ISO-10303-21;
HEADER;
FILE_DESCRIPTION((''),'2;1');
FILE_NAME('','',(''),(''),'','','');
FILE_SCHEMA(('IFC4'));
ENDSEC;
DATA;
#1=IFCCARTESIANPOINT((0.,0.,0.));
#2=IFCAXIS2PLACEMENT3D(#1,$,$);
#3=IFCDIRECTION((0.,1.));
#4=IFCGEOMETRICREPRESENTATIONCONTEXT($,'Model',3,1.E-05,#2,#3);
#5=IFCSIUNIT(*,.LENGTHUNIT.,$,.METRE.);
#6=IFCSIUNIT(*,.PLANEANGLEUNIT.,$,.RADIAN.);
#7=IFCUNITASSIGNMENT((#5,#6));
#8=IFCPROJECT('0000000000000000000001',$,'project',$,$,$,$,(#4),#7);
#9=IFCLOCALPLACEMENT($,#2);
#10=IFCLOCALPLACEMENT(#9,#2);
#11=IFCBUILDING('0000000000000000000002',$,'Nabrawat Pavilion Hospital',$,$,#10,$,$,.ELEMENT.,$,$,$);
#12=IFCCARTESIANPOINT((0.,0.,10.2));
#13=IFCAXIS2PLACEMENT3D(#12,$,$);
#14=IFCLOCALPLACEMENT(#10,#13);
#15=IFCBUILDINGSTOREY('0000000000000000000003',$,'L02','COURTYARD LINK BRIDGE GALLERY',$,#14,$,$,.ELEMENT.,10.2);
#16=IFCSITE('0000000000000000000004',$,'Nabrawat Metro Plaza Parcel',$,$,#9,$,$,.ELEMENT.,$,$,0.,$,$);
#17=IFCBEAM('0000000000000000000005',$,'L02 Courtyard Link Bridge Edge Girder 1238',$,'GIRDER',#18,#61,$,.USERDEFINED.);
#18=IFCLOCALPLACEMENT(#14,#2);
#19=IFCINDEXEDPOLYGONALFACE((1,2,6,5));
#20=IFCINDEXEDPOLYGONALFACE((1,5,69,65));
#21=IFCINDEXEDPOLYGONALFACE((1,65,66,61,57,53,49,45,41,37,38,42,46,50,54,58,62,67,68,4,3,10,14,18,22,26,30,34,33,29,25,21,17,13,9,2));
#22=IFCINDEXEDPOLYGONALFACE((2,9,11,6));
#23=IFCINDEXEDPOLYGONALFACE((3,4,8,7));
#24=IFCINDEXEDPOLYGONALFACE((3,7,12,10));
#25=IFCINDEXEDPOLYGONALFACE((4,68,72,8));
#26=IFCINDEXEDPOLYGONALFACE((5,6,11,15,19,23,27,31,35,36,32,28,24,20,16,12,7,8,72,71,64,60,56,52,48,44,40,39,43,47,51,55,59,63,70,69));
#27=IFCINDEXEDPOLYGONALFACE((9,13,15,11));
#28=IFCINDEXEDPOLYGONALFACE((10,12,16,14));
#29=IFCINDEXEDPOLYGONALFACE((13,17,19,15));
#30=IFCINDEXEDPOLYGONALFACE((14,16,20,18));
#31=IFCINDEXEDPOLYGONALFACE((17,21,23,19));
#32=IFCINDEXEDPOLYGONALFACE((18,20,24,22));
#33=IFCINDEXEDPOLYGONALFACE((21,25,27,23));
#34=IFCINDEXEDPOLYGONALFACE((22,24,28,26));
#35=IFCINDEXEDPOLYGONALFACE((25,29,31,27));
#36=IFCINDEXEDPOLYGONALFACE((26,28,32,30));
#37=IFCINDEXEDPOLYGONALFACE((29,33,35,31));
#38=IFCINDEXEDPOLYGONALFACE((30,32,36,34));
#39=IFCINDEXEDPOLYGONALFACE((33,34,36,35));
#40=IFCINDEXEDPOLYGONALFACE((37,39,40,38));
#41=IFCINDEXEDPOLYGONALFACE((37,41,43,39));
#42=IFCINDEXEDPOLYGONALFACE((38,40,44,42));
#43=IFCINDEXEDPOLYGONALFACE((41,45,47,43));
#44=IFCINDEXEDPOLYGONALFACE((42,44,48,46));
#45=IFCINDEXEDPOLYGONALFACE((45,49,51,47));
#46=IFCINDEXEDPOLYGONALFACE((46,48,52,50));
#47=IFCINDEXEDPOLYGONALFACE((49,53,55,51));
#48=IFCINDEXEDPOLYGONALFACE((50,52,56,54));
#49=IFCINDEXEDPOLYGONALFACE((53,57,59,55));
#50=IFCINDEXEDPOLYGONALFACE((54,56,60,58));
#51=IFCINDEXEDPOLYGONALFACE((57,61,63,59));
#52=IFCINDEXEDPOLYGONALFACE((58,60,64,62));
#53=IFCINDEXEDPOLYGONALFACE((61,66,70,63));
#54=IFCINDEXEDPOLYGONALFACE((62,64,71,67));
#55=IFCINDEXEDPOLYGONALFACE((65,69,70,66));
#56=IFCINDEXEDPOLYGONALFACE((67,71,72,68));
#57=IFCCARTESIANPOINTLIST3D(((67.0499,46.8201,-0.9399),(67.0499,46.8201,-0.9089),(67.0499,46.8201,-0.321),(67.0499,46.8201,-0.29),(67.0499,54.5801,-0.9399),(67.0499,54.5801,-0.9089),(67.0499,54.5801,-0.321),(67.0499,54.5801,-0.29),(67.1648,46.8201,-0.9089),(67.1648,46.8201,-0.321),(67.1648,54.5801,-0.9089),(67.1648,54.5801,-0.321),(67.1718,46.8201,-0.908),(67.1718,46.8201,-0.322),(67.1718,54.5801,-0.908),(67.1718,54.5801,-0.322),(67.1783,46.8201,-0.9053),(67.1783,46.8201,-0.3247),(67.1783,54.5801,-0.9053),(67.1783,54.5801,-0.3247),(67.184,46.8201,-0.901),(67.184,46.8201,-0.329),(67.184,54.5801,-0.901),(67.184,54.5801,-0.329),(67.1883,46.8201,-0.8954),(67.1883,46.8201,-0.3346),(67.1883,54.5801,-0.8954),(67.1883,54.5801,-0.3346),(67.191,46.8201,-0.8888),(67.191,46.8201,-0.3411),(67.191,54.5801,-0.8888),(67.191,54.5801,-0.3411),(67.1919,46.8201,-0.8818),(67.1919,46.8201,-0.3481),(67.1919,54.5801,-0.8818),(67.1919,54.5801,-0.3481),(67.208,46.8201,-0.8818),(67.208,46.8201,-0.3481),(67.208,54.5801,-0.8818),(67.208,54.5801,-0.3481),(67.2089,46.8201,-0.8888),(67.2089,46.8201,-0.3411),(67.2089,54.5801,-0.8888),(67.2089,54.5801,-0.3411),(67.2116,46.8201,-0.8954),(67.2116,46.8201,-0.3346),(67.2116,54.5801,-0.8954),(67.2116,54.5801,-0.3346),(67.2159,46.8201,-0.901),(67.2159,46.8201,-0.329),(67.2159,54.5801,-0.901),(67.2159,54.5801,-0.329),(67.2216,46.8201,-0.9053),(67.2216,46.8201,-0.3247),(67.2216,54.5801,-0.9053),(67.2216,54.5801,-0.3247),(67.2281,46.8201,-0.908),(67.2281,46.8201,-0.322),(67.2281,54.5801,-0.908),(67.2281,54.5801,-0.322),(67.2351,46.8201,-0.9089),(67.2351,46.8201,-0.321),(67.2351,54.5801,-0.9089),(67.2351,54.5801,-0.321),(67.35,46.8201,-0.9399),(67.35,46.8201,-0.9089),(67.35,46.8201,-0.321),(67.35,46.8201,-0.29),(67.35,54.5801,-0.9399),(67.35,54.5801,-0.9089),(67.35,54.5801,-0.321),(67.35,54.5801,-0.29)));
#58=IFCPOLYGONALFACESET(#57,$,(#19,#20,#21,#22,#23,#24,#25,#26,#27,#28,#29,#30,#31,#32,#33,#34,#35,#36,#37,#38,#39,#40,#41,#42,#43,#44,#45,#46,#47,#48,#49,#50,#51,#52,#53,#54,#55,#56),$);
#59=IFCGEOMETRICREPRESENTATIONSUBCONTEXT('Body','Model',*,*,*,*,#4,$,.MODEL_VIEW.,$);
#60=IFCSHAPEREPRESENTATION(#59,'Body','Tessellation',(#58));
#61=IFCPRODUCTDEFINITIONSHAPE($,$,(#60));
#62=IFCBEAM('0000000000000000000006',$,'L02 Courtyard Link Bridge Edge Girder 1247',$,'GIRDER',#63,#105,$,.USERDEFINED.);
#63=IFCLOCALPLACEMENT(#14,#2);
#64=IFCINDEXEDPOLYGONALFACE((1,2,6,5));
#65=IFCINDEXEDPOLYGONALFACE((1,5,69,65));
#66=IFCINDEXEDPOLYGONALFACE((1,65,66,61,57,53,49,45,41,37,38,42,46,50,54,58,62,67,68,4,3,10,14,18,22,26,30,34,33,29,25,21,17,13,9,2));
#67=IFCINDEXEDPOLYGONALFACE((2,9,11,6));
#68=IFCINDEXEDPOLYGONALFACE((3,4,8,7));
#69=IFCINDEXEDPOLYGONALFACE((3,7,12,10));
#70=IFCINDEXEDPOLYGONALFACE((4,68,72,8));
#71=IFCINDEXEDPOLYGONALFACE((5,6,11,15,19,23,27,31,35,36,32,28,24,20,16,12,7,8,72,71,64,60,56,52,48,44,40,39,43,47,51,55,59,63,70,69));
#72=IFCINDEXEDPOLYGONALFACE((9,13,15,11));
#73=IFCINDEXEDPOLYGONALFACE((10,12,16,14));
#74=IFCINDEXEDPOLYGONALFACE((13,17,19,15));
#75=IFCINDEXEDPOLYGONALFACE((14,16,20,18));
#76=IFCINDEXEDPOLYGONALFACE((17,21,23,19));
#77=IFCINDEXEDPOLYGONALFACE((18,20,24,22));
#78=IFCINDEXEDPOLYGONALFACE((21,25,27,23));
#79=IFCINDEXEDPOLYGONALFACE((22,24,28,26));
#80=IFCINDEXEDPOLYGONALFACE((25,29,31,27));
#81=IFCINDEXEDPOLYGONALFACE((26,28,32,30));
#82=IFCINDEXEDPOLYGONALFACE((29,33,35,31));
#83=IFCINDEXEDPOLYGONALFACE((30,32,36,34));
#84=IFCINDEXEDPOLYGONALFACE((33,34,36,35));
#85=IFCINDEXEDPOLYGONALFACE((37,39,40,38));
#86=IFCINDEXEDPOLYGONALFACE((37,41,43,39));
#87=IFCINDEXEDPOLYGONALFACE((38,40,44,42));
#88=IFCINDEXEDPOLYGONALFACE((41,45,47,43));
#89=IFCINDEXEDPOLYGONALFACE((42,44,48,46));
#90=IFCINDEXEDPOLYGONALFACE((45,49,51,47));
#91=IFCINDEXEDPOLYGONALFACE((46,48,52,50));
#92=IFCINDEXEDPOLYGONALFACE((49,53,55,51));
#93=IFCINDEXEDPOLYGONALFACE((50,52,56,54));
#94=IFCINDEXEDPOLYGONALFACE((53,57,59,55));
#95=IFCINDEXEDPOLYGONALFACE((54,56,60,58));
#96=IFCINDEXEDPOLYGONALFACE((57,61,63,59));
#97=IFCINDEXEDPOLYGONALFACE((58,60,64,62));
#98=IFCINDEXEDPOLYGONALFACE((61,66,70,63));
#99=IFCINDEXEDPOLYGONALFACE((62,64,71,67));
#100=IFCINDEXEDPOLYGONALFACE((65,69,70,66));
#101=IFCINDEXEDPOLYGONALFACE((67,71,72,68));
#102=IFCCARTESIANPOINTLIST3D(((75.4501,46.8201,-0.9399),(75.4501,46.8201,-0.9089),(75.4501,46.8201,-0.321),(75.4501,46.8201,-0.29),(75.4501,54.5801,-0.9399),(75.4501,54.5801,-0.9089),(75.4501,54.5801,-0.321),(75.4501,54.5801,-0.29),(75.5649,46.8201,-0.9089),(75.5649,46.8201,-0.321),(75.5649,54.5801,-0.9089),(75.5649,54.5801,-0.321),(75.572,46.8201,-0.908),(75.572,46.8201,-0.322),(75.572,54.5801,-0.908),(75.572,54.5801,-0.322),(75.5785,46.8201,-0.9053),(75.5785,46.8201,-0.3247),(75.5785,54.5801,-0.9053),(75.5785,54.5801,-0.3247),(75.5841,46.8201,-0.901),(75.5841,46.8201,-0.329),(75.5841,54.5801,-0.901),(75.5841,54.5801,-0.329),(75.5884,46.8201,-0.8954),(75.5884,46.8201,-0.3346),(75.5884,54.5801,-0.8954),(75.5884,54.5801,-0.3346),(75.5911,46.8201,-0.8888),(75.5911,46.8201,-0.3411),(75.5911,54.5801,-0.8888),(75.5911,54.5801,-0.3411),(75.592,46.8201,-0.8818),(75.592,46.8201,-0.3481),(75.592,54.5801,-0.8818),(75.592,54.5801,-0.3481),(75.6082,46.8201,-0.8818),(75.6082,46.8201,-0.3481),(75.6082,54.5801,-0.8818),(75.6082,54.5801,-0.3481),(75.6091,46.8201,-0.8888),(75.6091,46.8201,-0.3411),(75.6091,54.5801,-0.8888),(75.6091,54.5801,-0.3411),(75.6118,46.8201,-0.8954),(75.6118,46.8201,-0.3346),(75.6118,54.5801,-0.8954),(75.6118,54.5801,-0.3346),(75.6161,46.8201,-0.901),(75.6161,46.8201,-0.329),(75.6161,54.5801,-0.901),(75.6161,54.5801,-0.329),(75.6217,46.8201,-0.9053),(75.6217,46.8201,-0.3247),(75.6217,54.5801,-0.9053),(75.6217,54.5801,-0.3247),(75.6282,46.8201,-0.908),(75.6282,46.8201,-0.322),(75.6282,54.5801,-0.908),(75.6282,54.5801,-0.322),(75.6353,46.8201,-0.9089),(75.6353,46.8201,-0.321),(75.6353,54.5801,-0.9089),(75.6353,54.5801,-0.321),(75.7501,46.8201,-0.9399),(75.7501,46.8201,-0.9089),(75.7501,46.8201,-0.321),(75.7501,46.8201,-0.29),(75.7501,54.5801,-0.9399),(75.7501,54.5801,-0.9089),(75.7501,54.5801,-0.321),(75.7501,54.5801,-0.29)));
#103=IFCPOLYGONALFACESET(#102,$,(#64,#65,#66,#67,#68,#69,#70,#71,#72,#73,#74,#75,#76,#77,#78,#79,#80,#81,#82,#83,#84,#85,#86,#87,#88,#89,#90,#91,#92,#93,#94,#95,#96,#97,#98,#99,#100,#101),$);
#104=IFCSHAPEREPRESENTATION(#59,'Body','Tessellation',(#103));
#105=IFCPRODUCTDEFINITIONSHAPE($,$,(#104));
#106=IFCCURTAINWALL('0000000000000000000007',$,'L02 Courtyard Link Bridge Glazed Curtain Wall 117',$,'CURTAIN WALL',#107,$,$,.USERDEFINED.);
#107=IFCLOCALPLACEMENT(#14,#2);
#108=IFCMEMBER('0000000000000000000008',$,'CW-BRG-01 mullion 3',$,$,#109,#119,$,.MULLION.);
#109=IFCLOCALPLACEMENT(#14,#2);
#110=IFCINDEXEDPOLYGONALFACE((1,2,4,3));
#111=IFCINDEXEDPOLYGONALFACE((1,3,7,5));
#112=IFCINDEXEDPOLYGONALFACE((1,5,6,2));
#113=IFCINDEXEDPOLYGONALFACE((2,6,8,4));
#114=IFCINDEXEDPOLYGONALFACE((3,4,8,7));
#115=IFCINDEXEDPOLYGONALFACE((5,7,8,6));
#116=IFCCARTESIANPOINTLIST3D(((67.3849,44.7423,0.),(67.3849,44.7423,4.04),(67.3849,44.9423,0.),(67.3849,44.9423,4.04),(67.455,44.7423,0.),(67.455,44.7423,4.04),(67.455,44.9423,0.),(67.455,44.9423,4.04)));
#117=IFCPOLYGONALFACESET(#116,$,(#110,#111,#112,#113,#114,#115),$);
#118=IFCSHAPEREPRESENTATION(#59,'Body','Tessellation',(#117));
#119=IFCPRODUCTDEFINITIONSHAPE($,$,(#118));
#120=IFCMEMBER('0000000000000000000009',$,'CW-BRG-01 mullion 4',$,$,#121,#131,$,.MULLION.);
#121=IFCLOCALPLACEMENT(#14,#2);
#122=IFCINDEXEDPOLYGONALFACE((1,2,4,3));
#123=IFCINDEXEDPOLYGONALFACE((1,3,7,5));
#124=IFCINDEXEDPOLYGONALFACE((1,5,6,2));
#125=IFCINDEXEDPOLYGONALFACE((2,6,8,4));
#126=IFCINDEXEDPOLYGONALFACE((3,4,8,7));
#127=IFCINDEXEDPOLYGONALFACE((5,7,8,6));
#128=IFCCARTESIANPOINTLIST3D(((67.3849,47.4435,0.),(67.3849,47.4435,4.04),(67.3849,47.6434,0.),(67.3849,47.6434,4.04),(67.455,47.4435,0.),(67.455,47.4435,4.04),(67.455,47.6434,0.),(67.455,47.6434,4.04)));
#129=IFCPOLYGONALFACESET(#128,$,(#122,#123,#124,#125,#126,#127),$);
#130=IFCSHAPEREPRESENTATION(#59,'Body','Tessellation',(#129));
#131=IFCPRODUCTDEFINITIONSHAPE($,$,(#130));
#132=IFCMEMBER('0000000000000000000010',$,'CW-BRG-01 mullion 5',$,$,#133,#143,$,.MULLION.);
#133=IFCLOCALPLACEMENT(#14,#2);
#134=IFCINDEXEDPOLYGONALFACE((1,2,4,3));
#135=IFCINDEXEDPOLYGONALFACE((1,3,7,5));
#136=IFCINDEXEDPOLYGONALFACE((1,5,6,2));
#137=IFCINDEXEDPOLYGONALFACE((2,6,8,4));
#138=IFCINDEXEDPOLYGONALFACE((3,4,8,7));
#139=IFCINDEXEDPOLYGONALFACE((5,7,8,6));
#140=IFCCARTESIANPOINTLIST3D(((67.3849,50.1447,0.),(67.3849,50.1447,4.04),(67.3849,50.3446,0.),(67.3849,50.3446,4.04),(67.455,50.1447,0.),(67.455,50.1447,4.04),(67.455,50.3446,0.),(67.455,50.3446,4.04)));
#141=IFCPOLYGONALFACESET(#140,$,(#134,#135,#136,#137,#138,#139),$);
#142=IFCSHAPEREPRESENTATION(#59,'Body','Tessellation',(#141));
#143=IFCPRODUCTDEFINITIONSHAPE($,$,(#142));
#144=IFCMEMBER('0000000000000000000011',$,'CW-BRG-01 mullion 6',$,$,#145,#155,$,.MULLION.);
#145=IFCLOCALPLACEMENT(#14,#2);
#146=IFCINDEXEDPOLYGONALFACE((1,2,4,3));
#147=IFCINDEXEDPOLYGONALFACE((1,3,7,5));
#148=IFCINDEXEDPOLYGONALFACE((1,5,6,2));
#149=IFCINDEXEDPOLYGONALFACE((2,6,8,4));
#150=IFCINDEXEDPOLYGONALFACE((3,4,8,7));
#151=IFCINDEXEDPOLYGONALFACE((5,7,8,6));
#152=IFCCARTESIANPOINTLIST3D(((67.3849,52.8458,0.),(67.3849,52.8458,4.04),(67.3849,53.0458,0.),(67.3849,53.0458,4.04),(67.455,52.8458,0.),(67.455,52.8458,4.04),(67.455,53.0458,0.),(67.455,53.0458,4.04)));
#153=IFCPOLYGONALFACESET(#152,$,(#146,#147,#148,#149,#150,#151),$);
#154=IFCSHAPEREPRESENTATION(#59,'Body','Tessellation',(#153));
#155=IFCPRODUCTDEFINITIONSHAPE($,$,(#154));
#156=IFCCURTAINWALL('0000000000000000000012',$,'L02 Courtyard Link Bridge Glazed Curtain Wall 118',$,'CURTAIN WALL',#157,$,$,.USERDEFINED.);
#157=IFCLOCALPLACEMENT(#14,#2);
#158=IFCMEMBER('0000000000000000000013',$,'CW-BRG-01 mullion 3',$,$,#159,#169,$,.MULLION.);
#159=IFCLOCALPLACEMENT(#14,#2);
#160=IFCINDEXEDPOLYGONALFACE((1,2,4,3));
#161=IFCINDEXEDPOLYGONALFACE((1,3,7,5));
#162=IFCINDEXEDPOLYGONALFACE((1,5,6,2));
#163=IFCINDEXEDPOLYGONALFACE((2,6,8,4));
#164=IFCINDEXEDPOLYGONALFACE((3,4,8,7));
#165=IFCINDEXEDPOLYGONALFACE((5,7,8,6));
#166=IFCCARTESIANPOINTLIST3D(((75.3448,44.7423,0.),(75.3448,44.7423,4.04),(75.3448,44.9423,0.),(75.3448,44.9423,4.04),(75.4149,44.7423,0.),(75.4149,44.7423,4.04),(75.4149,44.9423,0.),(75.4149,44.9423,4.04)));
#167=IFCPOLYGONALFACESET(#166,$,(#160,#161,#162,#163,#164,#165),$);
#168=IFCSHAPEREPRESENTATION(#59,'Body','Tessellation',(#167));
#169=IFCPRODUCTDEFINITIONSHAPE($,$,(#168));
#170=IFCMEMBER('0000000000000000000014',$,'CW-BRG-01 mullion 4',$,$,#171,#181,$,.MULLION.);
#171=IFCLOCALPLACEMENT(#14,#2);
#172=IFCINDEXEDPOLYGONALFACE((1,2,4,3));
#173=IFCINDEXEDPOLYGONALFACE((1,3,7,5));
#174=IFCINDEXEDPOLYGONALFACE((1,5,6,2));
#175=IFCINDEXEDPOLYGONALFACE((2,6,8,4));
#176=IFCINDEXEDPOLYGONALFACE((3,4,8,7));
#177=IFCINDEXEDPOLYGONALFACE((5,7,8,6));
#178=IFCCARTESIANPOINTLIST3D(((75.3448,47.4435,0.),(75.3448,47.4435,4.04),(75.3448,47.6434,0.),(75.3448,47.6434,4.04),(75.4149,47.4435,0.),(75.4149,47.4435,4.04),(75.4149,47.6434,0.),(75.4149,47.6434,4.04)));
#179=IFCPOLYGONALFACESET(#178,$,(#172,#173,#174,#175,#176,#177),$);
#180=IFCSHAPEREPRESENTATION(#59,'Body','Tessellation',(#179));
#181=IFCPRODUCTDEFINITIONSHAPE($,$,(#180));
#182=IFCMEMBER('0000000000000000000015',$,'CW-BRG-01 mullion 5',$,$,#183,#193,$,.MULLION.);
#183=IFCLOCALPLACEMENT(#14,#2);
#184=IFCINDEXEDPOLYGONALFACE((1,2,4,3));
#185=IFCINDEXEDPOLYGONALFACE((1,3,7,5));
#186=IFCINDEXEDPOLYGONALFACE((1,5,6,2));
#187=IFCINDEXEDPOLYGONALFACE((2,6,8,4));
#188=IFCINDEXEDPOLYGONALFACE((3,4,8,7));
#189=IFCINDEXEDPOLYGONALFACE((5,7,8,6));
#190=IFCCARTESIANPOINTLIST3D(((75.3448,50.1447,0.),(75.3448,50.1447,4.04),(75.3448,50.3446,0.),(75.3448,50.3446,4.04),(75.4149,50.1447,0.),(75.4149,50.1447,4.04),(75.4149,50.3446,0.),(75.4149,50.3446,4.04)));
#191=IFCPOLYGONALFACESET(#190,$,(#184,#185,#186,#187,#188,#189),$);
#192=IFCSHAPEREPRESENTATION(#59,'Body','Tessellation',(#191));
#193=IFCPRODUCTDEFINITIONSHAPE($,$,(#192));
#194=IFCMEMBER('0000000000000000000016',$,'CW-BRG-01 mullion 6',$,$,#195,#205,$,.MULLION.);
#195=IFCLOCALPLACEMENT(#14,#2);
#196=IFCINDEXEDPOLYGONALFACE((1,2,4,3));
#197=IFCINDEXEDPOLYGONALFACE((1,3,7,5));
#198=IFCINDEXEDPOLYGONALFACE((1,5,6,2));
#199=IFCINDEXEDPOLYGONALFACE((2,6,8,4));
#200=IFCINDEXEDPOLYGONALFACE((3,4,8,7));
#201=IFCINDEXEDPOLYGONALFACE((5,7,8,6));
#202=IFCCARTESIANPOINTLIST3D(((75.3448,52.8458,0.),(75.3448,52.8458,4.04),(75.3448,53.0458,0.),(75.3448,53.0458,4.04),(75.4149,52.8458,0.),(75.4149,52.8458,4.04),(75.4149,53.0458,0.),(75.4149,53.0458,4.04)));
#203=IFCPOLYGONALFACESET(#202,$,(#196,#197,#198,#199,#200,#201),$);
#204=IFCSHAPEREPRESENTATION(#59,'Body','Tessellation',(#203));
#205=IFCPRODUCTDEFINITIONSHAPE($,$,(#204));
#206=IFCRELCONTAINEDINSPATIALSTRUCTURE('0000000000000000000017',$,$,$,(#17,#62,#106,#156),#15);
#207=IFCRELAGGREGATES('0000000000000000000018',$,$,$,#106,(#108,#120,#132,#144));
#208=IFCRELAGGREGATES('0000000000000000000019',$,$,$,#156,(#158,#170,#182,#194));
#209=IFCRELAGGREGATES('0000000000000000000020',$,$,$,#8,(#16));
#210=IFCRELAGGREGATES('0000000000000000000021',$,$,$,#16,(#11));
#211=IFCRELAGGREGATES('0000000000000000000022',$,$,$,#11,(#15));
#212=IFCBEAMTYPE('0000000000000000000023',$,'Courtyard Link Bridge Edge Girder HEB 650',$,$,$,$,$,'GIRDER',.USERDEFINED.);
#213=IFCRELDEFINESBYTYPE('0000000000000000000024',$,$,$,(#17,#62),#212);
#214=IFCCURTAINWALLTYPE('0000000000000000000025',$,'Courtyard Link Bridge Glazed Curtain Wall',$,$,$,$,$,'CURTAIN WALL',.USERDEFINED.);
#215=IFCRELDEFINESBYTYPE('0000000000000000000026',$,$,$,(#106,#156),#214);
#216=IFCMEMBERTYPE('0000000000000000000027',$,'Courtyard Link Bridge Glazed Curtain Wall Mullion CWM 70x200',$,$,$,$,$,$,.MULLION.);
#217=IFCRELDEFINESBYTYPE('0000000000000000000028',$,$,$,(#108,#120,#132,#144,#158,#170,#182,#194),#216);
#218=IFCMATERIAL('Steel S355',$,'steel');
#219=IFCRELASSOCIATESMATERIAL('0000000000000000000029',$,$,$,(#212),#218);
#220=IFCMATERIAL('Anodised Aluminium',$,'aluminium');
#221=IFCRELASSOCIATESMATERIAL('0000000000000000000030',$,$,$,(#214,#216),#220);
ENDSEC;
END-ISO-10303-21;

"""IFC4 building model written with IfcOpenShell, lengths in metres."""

from ifc_helpers import new_model, si_unit, direction, frame, origin, origin_2d, place, context, subcontext, project, spatial, rectangle, i_section, extrude, material, material_profile, profile_set, type_object, element, aggregate, save


model = new_model("IFC4")

# Units and contexts
model_context = context("Model", 3, precision=1e-05, world=origin(), true_north=direction((0.0, 1.0)))
body_context = subcontext(model_context, "Body", "Model", "MODEL_VIEW")
ifc_project = project(units=[si_unit("LENGTHUNIT", "METRE"), si_unit("PLANEANGLEUNIT", "RADIAN")], contexts=[model_context])

# Site, building, storey
site_placement = place(None, origin())
site = spatial("IfcSite", under=ifc_project, at=site_placement, Name="Nabrawat Metro Plaza Parcel", CompositionType="ELEMENT", RefElevation=0.0)
building_placement = place(site_placement, origin())
building = spatial("IfcBuilding", under=site, at=building_placement, Name="Nabrawat Pavilion Hospital", CompositionType="ELEMENT")
storey_placement = place(building_placement, frame((0.0, 0.0, 10.2)))
storey = spatial("IfcBuildingStorey", under=building, at=storey_placement, Name="L02", Description="COURTYARD LINK BRIDGE GALLERY", CompositionType="ELEMENT", Elevation=10.2)

# Beams
ifc_material_1 = material(Name="Steel S355", Category="steel")
ifc_material_profile_1 = material_profile(ifc_material_1, i_section(OverallWidth=0.3, OverallDepth=0.6499, WebThickness=0.0161, FlangeThickness=0.031, FilletRadius=0.0271, at=origin_2d()), Name="HEB 650")
ifc_profile_set_1 = profile_set([ifc_material_profile_1], Name="Steel S355")
beam_type_1 = type_object("IfcBeamType", Name="Courtyard Link Bridge Edge Girder HEB 650", ElementType="GIRDER", PredefinedType="USERDEFINED", material=ifc_profile_set_1)
for number, where, z_axis, x_axis, name in (
    (1, (67.2, 46.8201, -0.615), (0.0, 1.0, 0.0), (-1.0, 0.0, 0.0), "L02 Courtyard Link Bridge Edge Girder 1238"),
    (2, (75.6001, 46.8201, -0.615), (0.0, 1.0, 0.0), (-1.0, 0.0, 0.0), "L02 Courtyard Link Bridge Edge Girder 1247"),
):
    element("IfcBeam", number, at=place(storey_placement, frame(where, z_axis=z_axis, x_axis=x_axis)), inside=storey, type_object=beam_type_1, Name=name, ObjectType="GIRDER", PredefinedType="USERDEFINED", context=body_context, shape_type="SweptSolid", body=[
        extrude(i_section(OverallWidth=0.3, OverallDepth=0.6499, WebThickness=0.0161, FlangeThickness=0.031, FilletRadius=0.0271, at=origin_2d()), origin(), (0.0, 0.0, 1.0), 7.76),
    ])

# Curtain walls, members
ifc_material_2 = material(Name="Anodised Aluminium", Category="aluminium")
curtain_wall_type = type_object("IfcCurtainWallType", Name="Courtyard Link Bridge Glazed Curtain Wall", ElementType="CURTAIN WALL", PredefinedType="USERDEFINED", material=ifc_material_2)
curtain_wall_1_placement = place(storey_placement, origin())
curtain_wall_1 = element("IfcCurtainWall", 3, at=curtain_wall_1_placement, inside=storey, type_object=curtain_wall_type, Name="L02 Courtyard Link Bridge Glazed Curtain Wall 117", ObjectType="CURTAIN WALL", PredefinedType="USERDEFINED")
ifc_material_profile_2 = material_profile(ifc_material_2, rectangle(XDim=0.0701, YDim=0.2, at=origin_2d()), Name="CWM 70x200")
ifc_profile_set_2 = profile_set([ifc_material_profile_2], Name="Anodised Aluminium")
member_type_1 = type_object("IfcMemberType", Name="Courtyard Link Bridge Glazed Curtain Wall Mullion CWM 70x200", PredefinedType="MULLION", material=ifc_profile_set_2)
member_1_placement = place(storey_placement, frame((67.4199, 44.8423, 0.0), z_axis=(0.0, 0.0, 1.0), x_axis=(-1.0, 0.0, 0.0)))
member_1 = element("IfcMember", 4, at=member_1_placement, type_object=member_type_1, Name="CW-BRG-01 mullion 3", PredefinedType="MULLION", context=body_context, shape_type="SweptSolid", body=[
    extrude(rectangle(XDim=0.0701, YDim=0.2, at=origin_2d()), origin(), (0.0, 0.0, 1.0), 4.04),
])
member_2_placement = place(storey_placement, frame((67.4199, 47.5435, 0.0), z_axis=(0.0, 0.0, 1.0), x_axis=(-1.0, 0.0, 0.0)))
member_2 = element("IfcMember", 5, at=member_2_placement, type_object=member_type_1, Name="CW-BRG-01 mullion 4", PredefinedType="MULLION", context=body_context, shape_type="SweptSolid", body=[
    extrude(rectangle(XDim=0.0701, YDim=0.2, at=origin_2d()), origin(), (0.0, 0.0, 1.0), 4.04),
])
member_3_placement = place(storey_placement, frame((67.4199, 50.2446, 0.0), z_axis=(0.0, 0.0, 1.0), x_axis=(-1.0, 0.0, 0.0)))
member_3 = element("IfcMember", 6, at=member_3_placement, type_object=member_type_1, Name="CW-BRG-01 mullion 5", PredefinedType="MULLION", context=body_context, shape_type="SweptSolid", body=[
    extrude(rectangle(XDim=0.0701, YDim=0.2, at=origin_2d()), origin(), (0.0, 0.0, 1.0), 4.04),
])
member_4_placement = place(storey_placement, frame((67.4199, 52.9458, 0.0), z_axis=(0.0, 0.0, 1.0), x_axis=(-1.0, 0.0, 0.0)))
member_4 = element("IfcMember", 7, at=member_4_placement, type_object=member_type_1, Name="CW-BRG-01 mullion 6", PredefinedType="MULLION", context=body_context, shape_type="SweptSolid", body=[
    extrude(rectangle(XDim=0.0701, YDim=0.2, at=origin_2d()), origin(), (0.0, 0.0, 1.0), 4.04),
])
curtain_wall_2_placement = place(storey_placement, origin())
curtain_wall_2 = element("IfcCurtainWall", 8, at=curtain_wall_2_placement, inside=storey, type_object=curtain_wall_type, Name="L02 Courtyard Link Bridge Glazed Curtain Wall 118", ObjectType="CURTAIN WALL", PredefinedType="USERDEFINED")
member_5_placement = place(storey_placement, frame((75.3799, 44.8423, 0.0), z_axis=(0.0, 0.0, 1.0), x_axis=(-1.0, 0.0, 0.0)))
member_5 = element("IfcMember", 9, at=member_5_placement, type_object=member_type_1, Name="CW-BRG-01 mullion 3", PredefinedType="MULLION", context=body_context, shape_type="SweptSolid", body=[
    extrude(rectangle(XDim=0.0701, YDim=0.2, at=origin_2d()), origin(), (0.0, 0.0, 1.0), 4.04),
])
member_6_placement = place(storey_placement, frame((75.3799, 47.5435, 0.0), z_axis=(0.0, 0.0, 1.0), x_axis=(-1.0, 0.0, 0.0)))
member_6 = element("IfcMember", 10, at=member_6_placement, type_object=member_type_1, Name="CW-BRG-01 mullion 4", PredefinedType="MULLION", context=body_context, shape_type="SweptSolid", body=[
    extrude(rectangle(XDim=0.0701, YDim=0.2, at=origin_2d()), origin(), (0.0, 0.0, 1.0), 4.04),
])
member_7_placement = place(storey_placement, frame((75.3799, 50.2446, 0.0), z_axis=(0.0, 0.0, 1.0), x_axis=(-1.0, 0.0, 0.0)))
member_7 = element("IfcMember", 11, at=member_7_placement, type_object=member_type_1, Name="CW-BRG-01 mullion 5", PredefinedType="MULLION", context=body_context, shape_type="SweptSolid", body=[
    extrude(rectangle(XDim=0.0701, YDim=0.2, at=origin_2d()), origin(), (0.0, 0.0, 1.0), 4.04),
])
member_8_placement = place(storey_placement, frame((75.3799, 52.9458, 0.0), z_axis=(0.0, 0.0, 1.0), x_axis=(-1.0, 0.0, 0.0)))
member_8 = element("IfcMember", 12, at=member_8_placement, type_object=member_type_1, Name="CW-BRG-01 mullion 6", PredefinedType="MULLION", context=body_context, shape_type="SweptSolid", body=[
    extrude(rectangle(XDim=0.0701, YDim=0.2, at=origin_2d()), origin(), (0.0, 0.0, 1.0), 4.04),
])

aggregate(curtain_wall_1, [member_1, member_2, member_3, member_4])
aggregate(curtain_wall_2, [member_5, member_6, member_7, member_8])

save(model, "model.ifc")
